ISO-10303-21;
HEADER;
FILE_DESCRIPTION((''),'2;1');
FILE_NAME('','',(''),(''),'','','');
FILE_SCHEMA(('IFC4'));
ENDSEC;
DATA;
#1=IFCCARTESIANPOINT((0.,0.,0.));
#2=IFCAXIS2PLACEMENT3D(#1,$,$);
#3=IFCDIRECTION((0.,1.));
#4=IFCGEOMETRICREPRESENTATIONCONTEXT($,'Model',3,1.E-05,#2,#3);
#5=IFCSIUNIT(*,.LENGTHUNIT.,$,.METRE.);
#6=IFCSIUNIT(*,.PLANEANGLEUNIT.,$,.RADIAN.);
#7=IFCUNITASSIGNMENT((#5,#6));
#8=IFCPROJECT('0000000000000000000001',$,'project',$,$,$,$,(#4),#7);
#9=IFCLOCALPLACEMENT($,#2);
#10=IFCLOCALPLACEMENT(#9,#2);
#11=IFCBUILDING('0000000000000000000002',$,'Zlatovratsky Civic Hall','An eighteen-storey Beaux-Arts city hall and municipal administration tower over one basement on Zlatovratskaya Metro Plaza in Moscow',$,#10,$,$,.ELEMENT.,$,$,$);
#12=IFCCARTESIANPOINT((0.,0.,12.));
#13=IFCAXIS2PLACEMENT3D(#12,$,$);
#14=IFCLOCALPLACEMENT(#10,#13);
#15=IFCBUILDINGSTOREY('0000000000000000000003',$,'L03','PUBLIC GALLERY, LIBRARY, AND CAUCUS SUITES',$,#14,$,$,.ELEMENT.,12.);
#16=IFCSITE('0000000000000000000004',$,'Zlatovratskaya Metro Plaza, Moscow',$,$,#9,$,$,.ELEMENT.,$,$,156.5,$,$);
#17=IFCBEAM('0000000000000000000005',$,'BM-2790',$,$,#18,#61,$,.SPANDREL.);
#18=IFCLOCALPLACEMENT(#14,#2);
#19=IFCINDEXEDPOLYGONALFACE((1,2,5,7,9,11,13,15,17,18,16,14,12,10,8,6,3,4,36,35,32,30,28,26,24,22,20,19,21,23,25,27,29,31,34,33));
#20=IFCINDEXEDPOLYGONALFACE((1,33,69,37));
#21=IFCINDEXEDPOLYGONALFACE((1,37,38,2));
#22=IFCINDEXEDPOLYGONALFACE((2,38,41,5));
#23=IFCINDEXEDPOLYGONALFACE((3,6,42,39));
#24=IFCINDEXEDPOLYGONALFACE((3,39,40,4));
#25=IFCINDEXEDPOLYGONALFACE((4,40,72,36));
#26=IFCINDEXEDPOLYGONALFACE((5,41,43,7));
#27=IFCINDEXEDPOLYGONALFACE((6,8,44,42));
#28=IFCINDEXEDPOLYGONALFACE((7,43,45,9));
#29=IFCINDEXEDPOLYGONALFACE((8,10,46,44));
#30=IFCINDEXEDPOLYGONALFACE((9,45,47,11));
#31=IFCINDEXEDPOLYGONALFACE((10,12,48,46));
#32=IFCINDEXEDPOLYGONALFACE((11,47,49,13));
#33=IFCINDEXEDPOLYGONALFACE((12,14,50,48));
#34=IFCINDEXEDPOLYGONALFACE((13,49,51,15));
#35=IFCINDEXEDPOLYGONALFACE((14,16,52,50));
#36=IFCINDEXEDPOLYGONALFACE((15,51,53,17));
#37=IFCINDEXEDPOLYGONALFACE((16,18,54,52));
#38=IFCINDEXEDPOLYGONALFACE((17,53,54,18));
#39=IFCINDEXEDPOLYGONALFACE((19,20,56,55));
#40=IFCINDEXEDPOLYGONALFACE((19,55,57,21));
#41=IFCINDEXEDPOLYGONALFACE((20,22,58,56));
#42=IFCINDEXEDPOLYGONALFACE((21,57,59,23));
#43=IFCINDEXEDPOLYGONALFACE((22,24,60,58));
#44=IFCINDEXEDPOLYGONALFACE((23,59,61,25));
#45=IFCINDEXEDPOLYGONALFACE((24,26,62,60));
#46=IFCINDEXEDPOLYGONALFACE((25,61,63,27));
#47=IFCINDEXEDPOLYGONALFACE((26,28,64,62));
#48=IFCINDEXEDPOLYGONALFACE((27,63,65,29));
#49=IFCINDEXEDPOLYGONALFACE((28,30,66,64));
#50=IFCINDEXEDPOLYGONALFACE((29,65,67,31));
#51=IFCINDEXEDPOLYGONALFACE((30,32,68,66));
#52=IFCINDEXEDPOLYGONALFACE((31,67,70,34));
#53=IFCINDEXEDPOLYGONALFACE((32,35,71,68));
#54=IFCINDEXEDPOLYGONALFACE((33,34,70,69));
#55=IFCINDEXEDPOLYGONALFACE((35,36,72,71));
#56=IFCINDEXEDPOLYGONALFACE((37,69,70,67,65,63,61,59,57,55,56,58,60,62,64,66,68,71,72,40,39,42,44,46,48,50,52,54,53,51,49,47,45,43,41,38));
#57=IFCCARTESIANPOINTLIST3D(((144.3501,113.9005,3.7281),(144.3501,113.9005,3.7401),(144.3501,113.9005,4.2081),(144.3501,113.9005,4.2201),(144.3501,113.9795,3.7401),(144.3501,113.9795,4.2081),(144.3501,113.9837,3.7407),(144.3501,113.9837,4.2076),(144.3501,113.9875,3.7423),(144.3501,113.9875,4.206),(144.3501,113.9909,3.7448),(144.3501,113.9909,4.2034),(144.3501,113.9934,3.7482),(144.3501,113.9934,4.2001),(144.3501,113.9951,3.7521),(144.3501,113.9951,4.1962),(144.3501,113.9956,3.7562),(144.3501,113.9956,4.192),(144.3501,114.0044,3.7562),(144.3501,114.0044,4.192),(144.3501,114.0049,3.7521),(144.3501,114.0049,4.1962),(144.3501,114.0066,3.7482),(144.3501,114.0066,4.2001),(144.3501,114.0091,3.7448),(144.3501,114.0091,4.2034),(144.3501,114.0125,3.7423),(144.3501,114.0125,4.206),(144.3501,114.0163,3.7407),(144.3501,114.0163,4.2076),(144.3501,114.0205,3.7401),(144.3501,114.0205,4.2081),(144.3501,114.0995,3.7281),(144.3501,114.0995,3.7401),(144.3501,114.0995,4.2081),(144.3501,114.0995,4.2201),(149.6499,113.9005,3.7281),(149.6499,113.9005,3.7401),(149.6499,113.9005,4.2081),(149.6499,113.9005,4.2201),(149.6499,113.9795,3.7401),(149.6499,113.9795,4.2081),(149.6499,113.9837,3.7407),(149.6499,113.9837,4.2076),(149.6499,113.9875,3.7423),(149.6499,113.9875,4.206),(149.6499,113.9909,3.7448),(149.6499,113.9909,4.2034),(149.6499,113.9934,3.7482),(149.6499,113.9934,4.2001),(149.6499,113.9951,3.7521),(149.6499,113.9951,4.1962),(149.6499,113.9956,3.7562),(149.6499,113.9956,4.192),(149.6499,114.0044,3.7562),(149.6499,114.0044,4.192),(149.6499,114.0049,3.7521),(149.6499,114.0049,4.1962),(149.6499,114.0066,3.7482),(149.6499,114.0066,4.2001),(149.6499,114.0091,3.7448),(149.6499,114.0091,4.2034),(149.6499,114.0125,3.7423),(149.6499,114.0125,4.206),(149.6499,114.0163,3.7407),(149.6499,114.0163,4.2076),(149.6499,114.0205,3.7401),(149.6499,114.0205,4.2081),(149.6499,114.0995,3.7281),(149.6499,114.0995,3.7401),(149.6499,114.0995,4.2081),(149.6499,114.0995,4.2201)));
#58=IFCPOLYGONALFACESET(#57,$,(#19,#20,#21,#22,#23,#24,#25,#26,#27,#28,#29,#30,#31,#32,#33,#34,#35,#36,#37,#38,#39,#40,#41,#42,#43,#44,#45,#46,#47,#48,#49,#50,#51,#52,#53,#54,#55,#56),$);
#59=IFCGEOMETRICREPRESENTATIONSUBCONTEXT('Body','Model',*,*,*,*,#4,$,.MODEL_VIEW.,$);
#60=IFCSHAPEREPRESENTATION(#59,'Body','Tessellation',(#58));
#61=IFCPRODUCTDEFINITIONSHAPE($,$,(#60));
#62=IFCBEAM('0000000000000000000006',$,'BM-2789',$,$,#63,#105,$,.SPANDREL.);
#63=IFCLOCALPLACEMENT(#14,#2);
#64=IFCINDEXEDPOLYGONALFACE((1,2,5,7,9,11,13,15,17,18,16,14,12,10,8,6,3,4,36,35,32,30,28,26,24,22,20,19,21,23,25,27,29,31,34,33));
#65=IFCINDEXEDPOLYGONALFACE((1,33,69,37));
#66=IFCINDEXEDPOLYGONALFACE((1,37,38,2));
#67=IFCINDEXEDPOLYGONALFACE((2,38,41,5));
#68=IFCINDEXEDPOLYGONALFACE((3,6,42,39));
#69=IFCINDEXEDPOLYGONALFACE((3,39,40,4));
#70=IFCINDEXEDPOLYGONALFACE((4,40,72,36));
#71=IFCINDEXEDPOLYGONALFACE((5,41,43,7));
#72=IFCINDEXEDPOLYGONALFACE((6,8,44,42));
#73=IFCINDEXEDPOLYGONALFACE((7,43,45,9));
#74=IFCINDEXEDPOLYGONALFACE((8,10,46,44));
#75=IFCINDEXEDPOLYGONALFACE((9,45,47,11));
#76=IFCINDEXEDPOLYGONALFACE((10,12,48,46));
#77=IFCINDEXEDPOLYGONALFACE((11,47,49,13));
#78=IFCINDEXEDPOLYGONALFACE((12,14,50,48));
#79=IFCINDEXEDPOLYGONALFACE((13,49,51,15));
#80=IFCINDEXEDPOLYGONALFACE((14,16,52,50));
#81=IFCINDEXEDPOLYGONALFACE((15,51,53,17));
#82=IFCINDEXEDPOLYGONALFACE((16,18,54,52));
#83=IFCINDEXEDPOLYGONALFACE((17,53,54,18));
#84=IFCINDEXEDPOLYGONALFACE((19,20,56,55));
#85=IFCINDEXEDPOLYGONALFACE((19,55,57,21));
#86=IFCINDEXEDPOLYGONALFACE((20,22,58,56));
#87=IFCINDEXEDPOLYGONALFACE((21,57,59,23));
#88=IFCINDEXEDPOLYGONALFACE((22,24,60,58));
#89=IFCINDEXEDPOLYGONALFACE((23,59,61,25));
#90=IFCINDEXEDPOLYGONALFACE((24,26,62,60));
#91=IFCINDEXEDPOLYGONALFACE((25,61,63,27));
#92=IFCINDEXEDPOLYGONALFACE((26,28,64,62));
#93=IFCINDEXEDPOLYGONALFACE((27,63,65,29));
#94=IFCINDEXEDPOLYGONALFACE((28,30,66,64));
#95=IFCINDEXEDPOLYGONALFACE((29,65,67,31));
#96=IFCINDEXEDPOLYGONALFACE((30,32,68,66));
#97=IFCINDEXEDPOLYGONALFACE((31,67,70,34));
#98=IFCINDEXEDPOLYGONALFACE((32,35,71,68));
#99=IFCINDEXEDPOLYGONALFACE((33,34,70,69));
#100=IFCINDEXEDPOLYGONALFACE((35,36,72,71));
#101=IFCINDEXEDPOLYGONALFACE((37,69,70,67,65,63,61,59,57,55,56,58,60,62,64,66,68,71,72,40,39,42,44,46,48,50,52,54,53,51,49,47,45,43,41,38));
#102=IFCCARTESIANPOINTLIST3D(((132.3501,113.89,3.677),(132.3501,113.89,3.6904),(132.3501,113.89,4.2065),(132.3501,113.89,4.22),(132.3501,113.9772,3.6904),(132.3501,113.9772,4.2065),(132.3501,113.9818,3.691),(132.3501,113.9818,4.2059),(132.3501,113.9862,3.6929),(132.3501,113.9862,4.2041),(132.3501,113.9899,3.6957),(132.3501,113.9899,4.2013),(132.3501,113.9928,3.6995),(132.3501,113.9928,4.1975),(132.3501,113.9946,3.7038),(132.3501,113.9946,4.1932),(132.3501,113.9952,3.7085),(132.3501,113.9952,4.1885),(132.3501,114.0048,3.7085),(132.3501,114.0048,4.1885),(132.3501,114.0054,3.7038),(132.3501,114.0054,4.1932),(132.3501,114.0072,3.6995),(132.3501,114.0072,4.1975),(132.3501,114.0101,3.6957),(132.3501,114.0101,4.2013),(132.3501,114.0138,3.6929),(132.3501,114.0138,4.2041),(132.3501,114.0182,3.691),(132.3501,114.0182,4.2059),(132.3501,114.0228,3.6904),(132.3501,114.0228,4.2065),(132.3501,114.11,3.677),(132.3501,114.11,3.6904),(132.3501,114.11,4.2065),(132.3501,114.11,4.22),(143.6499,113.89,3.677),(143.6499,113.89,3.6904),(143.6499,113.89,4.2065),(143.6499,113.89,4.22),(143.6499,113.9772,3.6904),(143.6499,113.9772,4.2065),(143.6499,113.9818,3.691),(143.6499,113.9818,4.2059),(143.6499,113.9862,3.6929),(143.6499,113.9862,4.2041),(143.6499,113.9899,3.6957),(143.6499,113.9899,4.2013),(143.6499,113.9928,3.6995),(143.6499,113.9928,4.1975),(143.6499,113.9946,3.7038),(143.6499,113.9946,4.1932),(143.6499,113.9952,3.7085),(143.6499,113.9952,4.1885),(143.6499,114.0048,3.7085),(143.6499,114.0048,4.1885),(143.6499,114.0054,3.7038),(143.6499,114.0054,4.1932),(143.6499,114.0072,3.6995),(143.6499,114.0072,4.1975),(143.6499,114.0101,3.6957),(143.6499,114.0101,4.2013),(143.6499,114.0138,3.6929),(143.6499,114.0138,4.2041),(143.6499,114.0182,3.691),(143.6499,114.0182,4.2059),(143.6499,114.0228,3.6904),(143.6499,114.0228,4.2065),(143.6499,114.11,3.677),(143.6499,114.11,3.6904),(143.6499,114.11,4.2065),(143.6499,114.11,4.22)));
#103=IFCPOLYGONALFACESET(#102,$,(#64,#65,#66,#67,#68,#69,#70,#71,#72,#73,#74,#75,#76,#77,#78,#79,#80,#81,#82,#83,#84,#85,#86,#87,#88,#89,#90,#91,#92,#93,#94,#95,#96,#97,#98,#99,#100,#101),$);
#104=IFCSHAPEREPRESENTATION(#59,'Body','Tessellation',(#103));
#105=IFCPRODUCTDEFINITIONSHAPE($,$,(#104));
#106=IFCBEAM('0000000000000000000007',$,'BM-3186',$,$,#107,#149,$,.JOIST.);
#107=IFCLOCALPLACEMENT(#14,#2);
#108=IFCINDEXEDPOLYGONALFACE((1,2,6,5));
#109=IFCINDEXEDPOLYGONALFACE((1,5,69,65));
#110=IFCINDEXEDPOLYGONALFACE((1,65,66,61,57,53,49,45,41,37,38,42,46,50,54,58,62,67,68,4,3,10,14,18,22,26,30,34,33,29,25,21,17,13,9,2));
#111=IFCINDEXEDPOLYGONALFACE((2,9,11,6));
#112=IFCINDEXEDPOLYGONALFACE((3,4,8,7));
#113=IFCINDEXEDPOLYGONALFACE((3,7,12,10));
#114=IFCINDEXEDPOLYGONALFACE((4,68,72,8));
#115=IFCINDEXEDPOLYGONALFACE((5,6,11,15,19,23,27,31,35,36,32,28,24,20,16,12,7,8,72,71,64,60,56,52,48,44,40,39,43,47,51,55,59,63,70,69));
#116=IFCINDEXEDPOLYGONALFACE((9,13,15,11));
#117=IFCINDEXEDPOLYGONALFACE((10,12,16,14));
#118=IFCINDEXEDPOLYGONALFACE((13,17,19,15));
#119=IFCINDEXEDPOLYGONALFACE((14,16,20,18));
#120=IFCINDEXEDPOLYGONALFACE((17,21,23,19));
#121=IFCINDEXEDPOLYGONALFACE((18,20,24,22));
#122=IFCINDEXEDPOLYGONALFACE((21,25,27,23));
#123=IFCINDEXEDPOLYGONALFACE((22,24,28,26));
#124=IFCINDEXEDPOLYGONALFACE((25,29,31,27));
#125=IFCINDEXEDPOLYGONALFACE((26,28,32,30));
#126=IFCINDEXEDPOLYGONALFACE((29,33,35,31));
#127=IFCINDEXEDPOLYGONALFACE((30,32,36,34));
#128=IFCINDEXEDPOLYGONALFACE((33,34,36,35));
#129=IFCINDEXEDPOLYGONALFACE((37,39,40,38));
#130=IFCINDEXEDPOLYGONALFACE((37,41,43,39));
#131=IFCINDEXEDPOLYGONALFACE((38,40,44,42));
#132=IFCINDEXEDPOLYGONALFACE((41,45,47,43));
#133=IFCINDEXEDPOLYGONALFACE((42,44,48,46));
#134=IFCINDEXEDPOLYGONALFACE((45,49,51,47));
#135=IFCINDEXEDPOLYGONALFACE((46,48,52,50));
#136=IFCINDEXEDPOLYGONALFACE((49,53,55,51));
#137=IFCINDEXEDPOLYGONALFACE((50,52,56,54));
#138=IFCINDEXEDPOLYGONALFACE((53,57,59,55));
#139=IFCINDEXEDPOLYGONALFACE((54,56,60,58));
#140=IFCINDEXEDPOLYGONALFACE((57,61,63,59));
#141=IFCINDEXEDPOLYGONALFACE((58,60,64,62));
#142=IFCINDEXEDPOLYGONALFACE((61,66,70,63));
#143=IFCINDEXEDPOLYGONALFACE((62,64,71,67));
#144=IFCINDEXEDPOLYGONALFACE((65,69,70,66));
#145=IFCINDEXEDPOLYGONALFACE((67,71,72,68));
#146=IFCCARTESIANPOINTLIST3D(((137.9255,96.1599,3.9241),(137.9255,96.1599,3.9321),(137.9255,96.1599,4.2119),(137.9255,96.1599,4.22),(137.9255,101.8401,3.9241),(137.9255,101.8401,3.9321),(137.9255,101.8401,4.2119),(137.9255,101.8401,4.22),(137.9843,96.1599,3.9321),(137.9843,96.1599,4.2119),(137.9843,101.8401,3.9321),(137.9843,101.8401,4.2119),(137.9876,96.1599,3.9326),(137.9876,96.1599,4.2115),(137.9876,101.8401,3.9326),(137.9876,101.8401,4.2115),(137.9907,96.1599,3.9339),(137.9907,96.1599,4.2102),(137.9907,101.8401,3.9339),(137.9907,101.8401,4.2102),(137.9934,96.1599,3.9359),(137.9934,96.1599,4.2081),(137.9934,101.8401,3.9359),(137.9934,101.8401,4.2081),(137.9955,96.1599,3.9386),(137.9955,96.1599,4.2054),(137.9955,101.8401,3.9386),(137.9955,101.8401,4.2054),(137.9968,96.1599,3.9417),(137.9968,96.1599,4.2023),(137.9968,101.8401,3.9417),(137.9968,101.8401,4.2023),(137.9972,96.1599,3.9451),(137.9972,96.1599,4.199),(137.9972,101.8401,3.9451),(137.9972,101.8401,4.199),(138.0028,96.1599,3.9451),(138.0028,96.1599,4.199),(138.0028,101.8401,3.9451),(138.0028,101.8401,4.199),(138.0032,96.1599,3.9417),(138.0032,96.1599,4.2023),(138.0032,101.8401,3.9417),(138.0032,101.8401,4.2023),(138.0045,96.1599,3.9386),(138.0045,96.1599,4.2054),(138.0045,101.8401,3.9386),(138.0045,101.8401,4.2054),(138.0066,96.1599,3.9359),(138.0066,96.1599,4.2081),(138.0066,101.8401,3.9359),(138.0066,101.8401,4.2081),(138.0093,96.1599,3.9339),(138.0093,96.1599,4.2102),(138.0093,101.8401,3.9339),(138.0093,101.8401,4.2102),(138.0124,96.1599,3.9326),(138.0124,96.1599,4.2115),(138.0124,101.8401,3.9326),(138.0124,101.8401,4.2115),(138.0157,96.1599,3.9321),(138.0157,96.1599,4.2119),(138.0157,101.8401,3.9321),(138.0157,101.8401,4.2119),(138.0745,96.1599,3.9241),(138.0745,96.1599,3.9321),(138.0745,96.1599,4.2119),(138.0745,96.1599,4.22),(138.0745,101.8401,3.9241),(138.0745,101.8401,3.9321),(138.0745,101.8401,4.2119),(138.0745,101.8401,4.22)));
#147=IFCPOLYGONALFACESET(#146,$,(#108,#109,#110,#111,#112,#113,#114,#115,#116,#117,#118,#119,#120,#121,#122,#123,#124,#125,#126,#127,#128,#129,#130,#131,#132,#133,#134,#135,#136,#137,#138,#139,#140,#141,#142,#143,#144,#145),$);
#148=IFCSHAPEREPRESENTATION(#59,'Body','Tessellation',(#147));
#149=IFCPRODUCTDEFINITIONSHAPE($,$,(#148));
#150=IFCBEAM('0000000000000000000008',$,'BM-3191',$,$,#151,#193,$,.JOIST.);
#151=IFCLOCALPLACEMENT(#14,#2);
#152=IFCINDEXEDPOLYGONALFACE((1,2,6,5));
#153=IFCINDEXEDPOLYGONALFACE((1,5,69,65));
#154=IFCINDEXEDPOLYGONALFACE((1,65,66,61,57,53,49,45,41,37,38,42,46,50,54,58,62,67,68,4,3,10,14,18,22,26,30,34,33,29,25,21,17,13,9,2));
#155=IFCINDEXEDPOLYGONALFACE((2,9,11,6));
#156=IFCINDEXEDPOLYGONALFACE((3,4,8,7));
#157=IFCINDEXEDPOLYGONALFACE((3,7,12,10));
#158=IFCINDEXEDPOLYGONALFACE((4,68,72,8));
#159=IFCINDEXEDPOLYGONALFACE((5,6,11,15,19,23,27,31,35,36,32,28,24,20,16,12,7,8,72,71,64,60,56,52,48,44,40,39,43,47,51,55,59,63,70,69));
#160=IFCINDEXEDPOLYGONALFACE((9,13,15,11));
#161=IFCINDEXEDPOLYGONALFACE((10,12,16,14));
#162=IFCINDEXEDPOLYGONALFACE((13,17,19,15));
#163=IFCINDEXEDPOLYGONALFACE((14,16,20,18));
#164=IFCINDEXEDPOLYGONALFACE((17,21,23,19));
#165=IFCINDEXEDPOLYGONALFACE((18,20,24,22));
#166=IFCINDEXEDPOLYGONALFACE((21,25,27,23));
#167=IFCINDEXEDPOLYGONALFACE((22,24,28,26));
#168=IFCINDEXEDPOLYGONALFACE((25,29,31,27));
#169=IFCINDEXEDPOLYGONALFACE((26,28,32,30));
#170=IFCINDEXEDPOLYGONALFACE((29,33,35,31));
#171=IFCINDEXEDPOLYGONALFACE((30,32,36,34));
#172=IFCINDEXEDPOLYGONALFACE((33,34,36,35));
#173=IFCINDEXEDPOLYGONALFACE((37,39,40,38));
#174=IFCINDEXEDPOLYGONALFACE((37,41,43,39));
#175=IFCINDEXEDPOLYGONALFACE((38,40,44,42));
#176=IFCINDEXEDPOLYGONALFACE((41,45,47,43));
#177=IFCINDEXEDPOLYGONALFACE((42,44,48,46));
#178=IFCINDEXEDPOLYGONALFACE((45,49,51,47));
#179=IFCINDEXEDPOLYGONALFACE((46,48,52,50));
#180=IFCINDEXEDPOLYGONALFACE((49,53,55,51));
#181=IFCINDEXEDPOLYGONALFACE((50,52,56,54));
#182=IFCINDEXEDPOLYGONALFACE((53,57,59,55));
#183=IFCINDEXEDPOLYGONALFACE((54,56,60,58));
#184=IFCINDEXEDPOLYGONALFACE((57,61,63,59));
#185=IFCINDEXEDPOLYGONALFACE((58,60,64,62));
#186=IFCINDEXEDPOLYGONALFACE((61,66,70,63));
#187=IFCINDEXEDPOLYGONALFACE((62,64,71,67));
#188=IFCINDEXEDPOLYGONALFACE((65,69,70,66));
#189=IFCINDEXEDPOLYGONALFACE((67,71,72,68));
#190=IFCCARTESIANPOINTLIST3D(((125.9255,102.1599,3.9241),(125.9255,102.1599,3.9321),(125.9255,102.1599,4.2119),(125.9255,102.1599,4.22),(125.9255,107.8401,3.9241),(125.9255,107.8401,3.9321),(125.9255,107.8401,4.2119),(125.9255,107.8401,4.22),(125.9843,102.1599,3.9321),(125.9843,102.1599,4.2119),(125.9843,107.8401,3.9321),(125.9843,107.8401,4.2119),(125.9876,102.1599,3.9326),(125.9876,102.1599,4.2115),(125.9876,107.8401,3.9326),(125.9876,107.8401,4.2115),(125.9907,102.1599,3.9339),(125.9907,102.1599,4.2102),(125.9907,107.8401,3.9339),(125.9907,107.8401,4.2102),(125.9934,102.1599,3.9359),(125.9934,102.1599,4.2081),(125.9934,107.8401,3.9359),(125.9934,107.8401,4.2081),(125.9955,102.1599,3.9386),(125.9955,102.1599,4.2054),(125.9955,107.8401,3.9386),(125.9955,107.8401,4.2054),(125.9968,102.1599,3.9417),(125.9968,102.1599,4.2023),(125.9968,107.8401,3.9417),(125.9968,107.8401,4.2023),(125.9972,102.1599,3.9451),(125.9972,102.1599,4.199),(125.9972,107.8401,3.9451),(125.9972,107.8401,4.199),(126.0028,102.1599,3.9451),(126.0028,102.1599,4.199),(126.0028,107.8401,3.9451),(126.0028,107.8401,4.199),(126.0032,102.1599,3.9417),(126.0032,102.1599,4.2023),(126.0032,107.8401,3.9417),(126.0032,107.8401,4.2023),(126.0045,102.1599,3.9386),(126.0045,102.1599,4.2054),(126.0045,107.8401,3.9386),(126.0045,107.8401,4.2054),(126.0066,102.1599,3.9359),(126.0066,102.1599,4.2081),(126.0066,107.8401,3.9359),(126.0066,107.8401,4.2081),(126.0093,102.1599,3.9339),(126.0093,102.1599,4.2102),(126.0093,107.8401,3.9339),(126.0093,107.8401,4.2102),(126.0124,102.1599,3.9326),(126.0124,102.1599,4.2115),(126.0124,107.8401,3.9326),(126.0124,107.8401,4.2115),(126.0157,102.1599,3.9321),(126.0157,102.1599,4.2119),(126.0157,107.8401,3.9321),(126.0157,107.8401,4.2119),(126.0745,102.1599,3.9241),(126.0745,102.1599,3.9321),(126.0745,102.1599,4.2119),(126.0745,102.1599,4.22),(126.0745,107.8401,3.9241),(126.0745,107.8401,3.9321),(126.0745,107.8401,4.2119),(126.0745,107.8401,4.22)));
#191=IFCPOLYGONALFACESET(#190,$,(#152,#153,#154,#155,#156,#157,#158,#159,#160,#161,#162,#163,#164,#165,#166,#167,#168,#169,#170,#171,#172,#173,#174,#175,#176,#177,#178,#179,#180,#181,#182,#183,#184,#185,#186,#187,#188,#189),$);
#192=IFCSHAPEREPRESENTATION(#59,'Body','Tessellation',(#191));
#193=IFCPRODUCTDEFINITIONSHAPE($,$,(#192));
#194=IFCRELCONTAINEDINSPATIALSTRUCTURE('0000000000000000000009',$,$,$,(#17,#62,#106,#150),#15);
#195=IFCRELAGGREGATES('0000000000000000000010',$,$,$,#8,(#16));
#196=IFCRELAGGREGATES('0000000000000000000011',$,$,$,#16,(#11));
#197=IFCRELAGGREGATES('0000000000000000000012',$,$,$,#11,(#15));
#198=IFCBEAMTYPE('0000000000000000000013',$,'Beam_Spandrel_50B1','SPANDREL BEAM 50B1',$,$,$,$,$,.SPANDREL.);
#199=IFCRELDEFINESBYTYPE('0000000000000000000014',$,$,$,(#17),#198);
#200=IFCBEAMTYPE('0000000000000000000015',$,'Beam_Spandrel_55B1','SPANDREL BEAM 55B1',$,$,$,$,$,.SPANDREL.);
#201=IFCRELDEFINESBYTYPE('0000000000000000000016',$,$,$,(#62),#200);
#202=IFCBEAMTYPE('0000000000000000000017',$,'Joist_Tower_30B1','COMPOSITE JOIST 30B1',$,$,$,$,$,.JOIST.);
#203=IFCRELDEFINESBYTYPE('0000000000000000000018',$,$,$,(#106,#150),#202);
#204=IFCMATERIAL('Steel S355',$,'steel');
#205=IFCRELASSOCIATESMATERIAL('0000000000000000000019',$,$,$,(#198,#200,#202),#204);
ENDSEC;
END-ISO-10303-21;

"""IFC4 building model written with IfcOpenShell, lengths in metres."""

from ifc_helpers import new_model, si_unit, direction, frame, origin, origin_2d, place, context, subcontext, project, spatial, i_section, extrude, material, material_profile, profile_set, type_object, element, save


model = new_model("IFC4")

# Units and contexts
model_context = context("Model", 3, precision=1e-05, world=origin(), true_north=direction((0.0, 1.0)))
body_context = subcontext(model_context, "Body", "Model", "MODEL_VIEW")
ifc_project = project(units=[si_unit("LENGTHUNIT", "METRE"), si_unit("PLANEANGLEUNIT", "RADIAN")], contexts=[model_context])

# Site, building, storey
site_placement = place(None, origin())
site = spatial("IfcSite", under=ifc_project, at=site_placement, Name="Zlatovratskaya Metro Plaza, Moscow", CompositionType="ELEMENT", RefElevation=156.5)
building_placement = place(site_placement, origin())
building = spatial("IfcBuilding", under=site, at=building_placement, Name="Zlatovratsky Civic Hall", Description="An eighteen-storey Beaux-Arts city hall and municipal administration tower over one basement on Zlatovratskaya Metro Plaza in Moscow", CompositionType="ELEMENT")
storey_placement = place(building_placement, frame((0.0, 0.0, 12.0)))
storey = spatial("IfcBuildingStorey", under=building, at=storey_placement, Name="L03", Description="PUBLIC GALLERY, LIBRARY, AND CAUCUS SUITES", CompositionType="ELEMENT", Elevation=12.0)

# Shared definitions
ifc_material_1 = material(Name="Steel S355", Category="steel")

# Beams
ifc_material_profile_1 = material_profile(ifc_material_1, i_section(OverallWidth=0.199, OverallDepth=0.4919, WebThickness=0.0088, FlangeThickness=0.012, FilletRadius=0.0161, at=origin_2d()), Name="50B1")
ifc_profile_set_1 = profile_set([ifc_material_profile_1], Name="Steel S355")
beam_type_1 = type_object("IfcBeamType", Name="Beam_Spandrel_50B1", Description="SPANDREL BEAM 50B1", PredefinedType="SPANDREL", material=ifc_profile_set_1)
beam_1_placement = place(storey_placement, frame((144.3501, 114.0, 3.9741), z_axis=(1.0, 0.0, 0.0), x_axis=(0.0, 1.0, 0.0)))
element("IfcBeam", 1, at=beam_1_placement, inside=storey, type_object=beam_type_1, Name="BM-2790", PredefinedType="SPANDREL", context=body_context, shape_type="SweptSolid", body=[
    extrude(i_section(OverallWidth=0.199, OverallDepth=0.4919, WebThickness=0.0088, FlangeThickness=0.012, FilletRadius=0.0161, at=origin_2d()), origin(), (0.0, 0.0, 1.0), 5.2998),
])
ifc_material_profile_2 = material_profile(ifc_material_1, i_section(OverallWidth=0.22, OverallDepth=0.543, WebThickness=0.0095, FlangeThickness=0.0134, FilletRadius=0.0181, at=origin_2d()), Name="55B1")
ifc_profile_set_2 = profile_set([ifc_material_profile_2], Name="Steel S355")
beam_type_2 = type_object("IfcBeamType", Name="Beam_Spandrel_55B1", Description="SPANDREL BEAM 55B1", PredefinedType="SPANDREL", material=ifc_profile_set_2)
beam_2_placement = place(storey_placement, frame((132.3501, 114.0, 3.9485), z_axis=(1.0, 0.0, 0.0), x_axis=(0.0, 1.0, 0.0)))
element("IfcBeam", 2, at=beam_2_placement, inside=storey, type_object=beam_type_2, Name="BM-2789", PredefinedType="SPANDREL", context=body_context, shape_type="SweptSolid", body=[
    extrude(i_section(OverallWidth=0.22, OverallDepth=0.543, WebThickness=0.0095, FlangeThickness=0.0134, FilletRadius=0.0181, at=origin_2d()), origin(), (0.0, 0.0, 1.0), 11.2998),
])
ifc_material_profile_3 = material_profile(ifc_material_1, i_section(OverallWidth=0.1489, OverallDepth=0.2959, WebThickness=0.0056, FlangeThickness=0.0081, FilletRadius=0.0129, at=origin_2d()), Name="30B1")
ifc_profile_set_3 = profile_set([ifc_material_profile_3], Name="Steel S355")
beam_type_3 = type_object("IfcBeamType", Name="Joist_Tower_30B1", Description="COMPOSITE JOIST 30B1", PredefinedType="JOIST", material=ifc_profile_set_3)
for number, where, z_axis, x_axis, name in (
    (3, (138.0, 96.1599, 4.072), (0.0, 1.0, 0.0), (-1.0, 0.0, 0.0), "BM-3186"),
    (4, (126.0, 102.1599, 4.072), (0.0, 1.0, 0.0), (-1.0, 0.0, 0.0), "BM-3191"),
):
    element("IfcBeam", number, at=place(storey_placement, frame(where, z_axis=z_axis, x_axis=x_axis)), inside=storey, type_object=beam_type_3, Name=name, PredefinedType="JOIST", context=body_context, shape_type="SweptSolid", body=[
        extrude(i_section(OverallWidth=0.1489, OverallDepth=0.2959, WebThickness=0.0056, FlangeThickness=0.0081, FilletRadius=0.0129, at=origin_2d()), origin(), (0.0, 0.0, 1.0), 5.6802),
    ])

save(model, "model.ifc")
